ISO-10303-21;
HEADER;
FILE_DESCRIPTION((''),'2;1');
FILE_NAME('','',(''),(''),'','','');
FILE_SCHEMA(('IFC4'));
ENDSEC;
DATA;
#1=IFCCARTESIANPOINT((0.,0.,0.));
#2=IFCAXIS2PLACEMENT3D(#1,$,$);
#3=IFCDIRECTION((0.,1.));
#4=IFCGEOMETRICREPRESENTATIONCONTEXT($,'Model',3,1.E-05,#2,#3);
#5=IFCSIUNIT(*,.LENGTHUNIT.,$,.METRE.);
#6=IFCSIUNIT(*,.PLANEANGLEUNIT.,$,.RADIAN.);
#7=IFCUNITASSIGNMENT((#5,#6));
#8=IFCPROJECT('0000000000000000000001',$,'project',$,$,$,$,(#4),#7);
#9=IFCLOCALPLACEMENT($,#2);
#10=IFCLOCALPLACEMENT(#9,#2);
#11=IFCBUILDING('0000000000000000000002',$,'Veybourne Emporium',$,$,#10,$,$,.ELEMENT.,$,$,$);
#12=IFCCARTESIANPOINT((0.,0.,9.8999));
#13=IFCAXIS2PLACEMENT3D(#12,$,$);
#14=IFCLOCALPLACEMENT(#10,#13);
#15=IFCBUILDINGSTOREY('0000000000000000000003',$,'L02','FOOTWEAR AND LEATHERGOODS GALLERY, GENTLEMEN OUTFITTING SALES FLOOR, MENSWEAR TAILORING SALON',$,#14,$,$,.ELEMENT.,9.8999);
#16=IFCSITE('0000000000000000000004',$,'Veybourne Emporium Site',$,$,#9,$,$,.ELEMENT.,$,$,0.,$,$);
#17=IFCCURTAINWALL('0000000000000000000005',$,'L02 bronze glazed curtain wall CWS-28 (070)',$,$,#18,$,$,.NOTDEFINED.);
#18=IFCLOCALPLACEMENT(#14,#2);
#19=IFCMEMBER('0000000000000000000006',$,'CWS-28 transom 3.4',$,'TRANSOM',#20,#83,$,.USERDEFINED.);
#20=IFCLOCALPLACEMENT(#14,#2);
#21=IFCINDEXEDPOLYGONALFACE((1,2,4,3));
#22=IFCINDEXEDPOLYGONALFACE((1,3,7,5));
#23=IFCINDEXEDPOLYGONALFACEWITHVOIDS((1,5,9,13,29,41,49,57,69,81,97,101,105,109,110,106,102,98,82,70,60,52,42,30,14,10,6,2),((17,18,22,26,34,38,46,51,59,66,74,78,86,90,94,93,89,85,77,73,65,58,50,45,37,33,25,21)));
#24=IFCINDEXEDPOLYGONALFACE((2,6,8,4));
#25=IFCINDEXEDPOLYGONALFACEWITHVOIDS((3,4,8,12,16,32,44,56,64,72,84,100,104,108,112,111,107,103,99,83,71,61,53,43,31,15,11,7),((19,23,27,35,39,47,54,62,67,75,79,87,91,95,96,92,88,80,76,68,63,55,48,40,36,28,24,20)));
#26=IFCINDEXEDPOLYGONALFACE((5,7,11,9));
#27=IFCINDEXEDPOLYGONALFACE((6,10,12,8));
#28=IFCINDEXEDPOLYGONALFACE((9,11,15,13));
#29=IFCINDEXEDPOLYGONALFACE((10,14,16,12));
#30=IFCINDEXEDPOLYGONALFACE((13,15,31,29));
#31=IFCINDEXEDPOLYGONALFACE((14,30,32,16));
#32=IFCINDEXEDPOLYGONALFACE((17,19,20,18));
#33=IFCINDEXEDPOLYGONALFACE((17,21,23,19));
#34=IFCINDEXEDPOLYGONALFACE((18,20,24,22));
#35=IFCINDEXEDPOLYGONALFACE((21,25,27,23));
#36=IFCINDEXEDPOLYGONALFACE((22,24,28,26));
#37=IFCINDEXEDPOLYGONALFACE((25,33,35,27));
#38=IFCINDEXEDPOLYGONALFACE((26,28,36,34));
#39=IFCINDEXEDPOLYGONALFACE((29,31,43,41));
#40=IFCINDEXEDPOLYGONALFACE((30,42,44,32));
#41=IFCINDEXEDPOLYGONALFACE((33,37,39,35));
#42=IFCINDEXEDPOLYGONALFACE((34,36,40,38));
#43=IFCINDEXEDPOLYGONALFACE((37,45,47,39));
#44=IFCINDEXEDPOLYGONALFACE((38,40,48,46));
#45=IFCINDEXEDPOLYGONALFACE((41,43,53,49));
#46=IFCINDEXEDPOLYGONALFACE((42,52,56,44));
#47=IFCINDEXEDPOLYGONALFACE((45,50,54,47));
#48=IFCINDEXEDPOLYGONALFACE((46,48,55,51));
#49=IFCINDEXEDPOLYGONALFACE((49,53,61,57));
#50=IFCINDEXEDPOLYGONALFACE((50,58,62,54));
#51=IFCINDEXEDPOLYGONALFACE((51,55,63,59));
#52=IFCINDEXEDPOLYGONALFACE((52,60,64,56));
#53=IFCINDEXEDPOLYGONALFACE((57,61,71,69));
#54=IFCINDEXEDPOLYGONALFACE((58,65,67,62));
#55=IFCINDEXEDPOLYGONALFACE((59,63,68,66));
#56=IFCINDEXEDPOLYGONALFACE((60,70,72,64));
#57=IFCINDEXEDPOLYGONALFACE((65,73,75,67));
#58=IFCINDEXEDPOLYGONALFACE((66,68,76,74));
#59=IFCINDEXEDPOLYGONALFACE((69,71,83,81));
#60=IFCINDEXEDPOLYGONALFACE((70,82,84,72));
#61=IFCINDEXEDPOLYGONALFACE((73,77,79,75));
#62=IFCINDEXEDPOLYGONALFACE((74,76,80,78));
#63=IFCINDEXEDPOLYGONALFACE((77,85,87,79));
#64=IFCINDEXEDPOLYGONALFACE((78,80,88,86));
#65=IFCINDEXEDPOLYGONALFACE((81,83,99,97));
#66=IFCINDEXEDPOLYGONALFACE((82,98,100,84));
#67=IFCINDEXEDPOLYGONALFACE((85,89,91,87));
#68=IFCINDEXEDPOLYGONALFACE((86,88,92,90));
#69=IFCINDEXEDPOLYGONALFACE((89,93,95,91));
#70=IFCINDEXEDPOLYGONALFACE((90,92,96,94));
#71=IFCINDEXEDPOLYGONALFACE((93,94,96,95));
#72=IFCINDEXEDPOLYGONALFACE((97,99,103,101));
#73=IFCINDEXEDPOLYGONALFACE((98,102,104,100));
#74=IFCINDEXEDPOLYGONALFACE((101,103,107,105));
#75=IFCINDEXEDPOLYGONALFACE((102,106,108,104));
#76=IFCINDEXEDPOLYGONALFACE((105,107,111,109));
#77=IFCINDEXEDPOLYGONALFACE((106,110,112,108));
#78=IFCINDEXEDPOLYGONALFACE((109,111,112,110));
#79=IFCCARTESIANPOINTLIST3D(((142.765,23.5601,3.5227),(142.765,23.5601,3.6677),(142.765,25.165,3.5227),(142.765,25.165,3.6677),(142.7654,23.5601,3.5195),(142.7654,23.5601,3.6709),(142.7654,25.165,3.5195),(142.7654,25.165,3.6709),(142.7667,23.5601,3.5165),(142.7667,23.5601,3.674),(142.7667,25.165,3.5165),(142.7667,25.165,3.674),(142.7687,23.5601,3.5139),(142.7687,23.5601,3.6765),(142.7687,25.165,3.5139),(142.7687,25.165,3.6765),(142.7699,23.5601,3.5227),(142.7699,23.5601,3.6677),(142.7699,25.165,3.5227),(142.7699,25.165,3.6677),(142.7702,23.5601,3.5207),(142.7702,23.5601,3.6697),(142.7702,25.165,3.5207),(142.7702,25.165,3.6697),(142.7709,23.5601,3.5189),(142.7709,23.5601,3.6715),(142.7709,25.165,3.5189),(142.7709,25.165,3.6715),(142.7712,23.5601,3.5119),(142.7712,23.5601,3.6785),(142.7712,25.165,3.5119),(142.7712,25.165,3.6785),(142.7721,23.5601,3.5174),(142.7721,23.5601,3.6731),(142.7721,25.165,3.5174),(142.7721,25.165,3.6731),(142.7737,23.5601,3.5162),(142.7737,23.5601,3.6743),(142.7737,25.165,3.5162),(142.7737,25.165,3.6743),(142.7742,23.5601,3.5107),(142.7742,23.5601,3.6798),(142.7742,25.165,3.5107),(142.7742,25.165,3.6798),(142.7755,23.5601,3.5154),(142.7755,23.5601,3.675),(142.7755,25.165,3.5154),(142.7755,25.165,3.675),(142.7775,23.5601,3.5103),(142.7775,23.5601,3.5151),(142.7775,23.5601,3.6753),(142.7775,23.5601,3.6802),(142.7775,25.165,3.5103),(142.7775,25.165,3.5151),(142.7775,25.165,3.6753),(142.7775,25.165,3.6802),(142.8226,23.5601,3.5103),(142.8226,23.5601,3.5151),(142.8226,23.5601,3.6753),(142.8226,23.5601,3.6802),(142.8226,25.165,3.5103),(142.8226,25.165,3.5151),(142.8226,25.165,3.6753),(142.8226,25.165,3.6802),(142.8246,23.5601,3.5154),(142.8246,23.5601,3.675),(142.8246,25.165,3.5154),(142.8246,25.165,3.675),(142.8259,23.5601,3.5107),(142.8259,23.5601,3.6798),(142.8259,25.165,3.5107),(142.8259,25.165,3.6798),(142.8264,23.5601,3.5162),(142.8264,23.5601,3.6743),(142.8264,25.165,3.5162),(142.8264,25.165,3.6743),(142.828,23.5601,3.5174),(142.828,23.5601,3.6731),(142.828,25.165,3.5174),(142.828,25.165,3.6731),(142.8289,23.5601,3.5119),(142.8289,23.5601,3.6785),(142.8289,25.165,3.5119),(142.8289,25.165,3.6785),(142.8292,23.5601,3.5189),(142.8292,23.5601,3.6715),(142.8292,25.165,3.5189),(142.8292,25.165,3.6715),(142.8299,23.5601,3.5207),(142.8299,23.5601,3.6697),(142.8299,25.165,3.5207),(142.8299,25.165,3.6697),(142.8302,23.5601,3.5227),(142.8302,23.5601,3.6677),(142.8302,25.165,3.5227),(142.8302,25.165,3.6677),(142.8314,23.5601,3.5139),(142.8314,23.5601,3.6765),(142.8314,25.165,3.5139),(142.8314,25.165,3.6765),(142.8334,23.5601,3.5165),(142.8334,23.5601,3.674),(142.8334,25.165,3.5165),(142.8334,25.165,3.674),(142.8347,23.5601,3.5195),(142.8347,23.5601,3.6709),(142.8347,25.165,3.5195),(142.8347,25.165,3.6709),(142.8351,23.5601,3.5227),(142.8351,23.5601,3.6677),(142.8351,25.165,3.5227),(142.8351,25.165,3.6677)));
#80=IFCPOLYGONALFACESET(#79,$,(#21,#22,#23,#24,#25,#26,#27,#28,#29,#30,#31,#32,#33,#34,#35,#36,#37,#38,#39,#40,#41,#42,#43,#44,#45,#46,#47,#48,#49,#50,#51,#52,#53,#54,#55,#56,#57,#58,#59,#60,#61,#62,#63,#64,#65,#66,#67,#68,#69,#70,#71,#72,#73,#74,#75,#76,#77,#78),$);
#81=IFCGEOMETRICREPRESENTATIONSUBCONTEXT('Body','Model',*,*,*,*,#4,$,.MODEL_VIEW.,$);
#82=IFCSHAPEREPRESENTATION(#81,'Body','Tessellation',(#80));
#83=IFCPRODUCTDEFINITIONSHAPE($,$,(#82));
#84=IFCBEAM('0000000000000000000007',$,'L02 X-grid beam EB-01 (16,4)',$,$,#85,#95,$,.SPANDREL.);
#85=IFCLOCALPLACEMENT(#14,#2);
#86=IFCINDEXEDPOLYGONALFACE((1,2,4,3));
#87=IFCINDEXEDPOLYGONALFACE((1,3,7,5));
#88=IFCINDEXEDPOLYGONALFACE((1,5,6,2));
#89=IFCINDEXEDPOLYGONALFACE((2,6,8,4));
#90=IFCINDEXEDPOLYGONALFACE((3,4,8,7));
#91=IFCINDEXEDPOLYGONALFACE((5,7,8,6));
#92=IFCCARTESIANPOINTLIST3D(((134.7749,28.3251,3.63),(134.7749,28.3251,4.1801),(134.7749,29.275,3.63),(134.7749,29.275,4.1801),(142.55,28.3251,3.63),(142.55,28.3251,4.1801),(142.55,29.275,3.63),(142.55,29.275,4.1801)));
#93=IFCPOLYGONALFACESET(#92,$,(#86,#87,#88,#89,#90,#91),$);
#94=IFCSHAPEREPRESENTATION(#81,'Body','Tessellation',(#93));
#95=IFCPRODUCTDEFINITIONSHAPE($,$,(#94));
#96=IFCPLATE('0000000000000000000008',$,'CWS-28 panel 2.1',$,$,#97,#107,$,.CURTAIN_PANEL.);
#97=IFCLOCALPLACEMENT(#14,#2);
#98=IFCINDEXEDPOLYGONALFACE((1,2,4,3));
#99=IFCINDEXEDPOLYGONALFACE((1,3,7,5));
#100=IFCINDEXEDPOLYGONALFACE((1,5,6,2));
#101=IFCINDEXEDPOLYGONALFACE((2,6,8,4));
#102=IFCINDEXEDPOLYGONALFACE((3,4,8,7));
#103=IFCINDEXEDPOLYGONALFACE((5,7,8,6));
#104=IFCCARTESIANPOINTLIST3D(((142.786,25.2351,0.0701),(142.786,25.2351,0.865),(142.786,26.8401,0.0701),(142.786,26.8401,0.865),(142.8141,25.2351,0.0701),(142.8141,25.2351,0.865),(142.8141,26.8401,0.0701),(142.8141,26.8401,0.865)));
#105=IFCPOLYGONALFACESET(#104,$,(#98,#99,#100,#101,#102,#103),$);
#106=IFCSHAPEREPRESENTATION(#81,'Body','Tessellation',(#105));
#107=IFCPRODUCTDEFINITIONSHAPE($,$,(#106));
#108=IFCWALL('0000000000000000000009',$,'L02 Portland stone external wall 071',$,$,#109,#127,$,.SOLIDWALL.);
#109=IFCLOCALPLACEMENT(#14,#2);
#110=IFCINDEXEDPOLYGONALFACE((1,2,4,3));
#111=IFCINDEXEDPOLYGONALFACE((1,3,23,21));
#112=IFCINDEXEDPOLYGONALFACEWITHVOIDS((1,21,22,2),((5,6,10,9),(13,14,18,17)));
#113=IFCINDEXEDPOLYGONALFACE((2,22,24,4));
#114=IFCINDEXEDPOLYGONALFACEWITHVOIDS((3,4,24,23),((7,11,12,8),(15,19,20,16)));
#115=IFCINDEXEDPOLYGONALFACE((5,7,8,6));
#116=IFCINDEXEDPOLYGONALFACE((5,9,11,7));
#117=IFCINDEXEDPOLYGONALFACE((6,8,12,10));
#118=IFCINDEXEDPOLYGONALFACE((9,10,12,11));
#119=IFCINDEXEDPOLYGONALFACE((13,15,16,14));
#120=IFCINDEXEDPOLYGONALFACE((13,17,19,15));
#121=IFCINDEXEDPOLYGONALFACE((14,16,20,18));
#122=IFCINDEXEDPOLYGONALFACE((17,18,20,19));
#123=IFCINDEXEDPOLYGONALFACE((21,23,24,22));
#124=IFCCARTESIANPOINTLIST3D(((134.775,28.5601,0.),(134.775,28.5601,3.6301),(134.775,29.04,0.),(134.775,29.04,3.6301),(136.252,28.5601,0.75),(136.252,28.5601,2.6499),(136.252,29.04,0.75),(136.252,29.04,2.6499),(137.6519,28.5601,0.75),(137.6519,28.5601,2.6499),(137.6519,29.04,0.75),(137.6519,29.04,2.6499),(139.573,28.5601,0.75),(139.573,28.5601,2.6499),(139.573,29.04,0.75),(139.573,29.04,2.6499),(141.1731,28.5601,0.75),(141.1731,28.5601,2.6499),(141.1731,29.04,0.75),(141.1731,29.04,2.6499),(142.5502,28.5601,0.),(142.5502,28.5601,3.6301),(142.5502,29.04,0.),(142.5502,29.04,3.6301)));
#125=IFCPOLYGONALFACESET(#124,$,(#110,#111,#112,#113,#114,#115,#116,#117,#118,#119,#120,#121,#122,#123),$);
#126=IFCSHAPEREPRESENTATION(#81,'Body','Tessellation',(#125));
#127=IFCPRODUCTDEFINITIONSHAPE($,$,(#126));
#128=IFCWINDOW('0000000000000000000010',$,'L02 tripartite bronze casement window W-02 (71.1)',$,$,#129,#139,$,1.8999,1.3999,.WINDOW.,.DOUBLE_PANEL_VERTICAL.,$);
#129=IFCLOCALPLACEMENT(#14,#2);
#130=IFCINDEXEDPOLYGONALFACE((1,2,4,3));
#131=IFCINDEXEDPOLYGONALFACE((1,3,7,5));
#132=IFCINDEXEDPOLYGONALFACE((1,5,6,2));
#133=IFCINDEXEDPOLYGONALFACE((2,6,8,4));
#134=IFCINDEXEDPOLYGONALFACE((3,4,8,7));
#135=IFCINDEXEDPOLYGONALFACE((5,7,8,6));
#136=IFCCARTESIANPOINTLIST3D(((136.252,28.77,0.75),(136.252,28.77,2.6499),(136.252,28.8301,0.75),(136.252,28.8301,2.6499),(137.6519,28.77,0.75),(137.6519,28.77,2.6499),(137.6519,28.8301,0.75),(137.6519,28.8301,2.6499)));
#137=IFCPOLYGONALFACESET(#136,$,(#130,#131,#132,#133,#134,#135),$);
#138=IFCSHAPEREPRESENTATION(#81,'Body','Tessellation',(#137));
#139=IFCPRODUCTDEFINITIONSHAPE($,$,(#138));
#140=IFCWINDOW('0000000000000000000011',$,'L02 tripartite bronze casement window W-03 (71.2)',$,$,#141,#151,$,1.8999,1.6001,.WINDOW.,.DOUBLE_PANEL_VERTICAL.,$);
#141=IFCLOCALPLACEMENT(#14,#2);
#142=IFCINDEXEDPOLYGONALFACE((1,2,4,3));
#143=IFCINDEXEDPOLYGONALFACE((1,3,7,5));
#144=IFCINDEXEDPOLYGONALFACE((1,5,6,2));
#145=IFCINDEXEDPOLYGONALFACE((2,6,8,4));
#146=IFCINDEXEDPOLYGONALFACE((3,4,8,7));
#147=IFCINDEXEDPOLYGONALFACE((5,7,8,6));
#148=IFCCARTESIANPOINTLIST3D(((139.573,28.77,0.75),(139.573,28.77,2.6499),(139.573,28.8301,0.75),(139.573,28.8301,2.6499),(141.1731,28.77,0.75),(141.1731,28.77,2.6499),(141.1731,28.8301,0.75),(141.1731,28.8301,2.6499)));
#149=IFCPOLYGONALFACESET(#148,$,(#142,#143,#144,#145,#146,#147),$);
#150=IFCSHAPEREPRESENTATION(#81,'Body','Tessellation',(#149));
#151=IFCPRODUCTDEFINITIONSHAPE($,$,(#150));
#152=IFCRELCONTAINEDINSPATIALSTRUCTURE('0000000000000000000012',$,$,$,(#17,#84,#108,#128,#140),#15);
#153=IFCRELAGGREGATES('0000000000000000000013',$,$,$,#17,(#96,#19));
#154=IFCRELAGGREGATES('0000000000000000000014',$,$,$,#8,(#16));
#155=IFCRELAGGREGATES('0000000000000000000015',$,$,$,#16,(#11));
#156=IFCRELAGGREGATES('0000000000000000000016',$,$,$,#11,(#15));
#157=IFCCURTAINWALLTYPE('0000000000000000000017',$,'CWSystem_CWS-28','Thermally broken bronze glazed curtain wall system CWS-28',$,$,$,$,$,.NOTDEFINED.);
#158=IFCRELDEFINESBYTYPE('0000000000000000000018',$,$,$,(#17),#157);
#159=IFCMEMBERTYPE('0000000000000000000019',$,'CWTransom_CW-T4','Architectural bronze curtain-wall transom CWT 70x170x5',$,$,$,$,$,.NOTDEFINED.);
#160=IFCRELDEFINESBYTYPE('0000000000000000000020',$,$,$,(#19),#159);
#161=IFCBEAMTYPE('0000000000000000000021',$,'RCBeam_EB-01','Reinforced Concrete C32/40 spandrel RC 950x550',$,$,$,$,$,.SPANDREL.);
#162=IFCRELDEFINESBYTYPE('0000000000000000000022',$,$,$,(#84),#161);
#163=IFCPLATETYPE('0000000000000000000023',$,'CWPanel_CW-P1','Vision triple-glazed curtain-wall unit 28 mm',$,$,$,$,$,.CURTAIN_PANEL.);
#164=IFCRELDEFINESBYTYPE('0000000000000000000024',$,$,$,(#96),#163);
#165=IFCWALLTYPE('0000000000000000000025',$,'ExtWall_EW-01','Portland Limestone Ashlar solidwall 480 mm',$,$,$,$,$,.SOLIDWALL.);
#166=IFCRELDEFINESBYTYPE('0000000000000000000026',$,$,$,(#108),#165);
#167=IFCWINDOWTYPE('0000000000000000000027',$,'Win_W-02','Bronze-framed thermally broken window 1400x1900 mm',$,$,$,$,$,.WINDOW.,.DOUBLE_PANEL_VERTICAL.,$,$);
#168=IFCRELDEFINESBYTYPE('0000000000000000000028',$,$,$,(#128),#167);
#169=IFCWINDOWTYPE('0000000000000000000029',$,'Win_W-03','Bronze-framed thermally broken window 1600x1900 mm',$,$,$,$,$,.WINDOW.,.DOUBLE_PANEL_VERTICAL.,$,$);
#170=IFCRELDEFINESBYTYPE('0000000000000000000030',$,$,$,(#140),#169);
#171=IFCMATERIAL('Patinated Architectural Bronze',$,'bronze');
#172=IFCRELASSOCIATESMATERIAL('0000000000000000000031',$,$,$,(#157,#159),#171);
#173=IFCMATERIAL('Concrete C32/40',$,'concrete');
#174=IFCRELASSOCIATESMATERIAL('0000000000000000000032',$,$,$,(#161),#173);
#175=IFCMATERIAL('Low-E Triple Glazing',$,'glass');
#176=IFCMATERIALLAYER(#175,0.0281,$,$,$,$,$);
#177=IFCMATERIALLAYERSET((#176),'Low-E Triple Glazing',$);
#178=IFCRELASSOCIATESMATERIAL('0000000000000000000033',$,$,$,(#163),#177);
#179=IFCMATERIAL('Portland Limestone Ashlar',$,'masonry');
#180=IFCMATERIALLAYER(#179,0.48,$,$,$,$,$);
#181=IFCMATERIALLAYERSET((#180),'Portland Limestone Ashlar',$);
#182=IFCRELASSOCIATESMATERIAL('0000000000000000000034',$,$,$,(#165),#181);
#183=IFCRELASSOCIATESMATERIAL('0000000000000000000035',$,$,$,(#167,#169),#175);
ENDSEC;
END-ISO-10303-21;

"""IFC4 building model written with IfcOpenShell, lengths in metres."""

from ifc_helpers import new_model, si_unit, direction, frame, frame_2d, origin, origin_2d, place, context, subcontext, project, spatial, rectangle, hollow_rectangle, extrude, material, layer, layer_set, material_profile, profile_set, type_object, element, fill, aggregate, save


model = new_model("IFC4")

# Units and contexts
model_context = context("Model", 3, precision=1e-05, world=origin(), true_north=direction((0.0, 1.0)))
body_context = subcontext(model_context, "Body", "Model", "MODEL_VIEW")
ifc_project = project(units=[si_unit("LENGTHUNIT", "METRE"), si_unit("PLANEANGLEUNIT", "RADIAN")], contexts=[model_context])

# Site, building, storey
site_placement = place(None, origin())
site = spatial("IfcSite", under=ifc_project, at=site_placement, Name="Veybourne Emporium Site", CompositionType="ELEMENT", RefElevation=0.0)
building_placement = place(site_placement, origin())
building = spatial("IfcBuilding", under=site, at=building_placement, Name="Veybourne Emporium", CompositionType="ELEMENT")
storey_placement = place(building_placement, frame((0.0, 0.0, 9.8999)))
storey = spatial("IfcBuildingStorey", under=building, at=storey_placement, Name="L02", Description="FOOTWEAR AND LEATHERGOODS GALLERY, GENTLEMEN OUTFITTING SALES FLOOR, MENSWEAR TAILORING SALON", CompositionType="ELEMENT", Elevation=9.8999)

# Curtain wall, member
ifc_material_1 = material(Name="Patinated Architectural Bronze", Category="bronze")
curtain_wall_type = type_object("IfcCurtainWallType", Name="CWSystem_CWS-28", Description="Thermally broken bronze glazed curtain wall system CWS-28", PredefinedType="NOTDEFINED", material=ifc_material_1)
curtain_wall_placement = place(storey_placement, origin())
curtain_wall = element("IfcCurtainWall", 1, at=curtain_wall_placement, inside=storey, type_object=curtain_wall_type, Name="L02 bronze glazed curtain wall CWS-28 (070)", PredefinedType="NOTDEFINED")
ifc_material_profile_1 = material_profile(ifc_material_1, hollow_rectangle(XDim=0.0701, YDim=0.1699, WallThickness=0.0049, InnerFilletRadius=0.0076, OuterFilletRadius=0.0125, at=origin_2d()), Name="CWT 70x170x5")
ifc_profile_set_1 = profile_set([ifc_material_profile_1], Name="Patinated Architectural Bronze")
member_type_1 = type_object("IfcMemberType", Name="CWTransom_CW-T4", Description="Architectural bronze curtain-wall transom CWT 70x170x5", PredefinedType="NOTDEFINED", material=ifc_profile_set_1)
member_1_placement = place(storey_placement, frame((142.8, 25.165, 3.5952), z_axis=(0.0, -1.0, 0.0), x_axis=(1.0, 0.0, 0.0)))
member_1 = element("IfcMember", 2, at=member_1_placement, type_object=member_type_1, Name="CWS-28 transom 3.4", ObjectType="TRANSOM", PredefinedType="USERDEFINED", context=body_context, shape_type="SweptSolid", body=[
    extrude(hollow_rectangle(XDim=0.0701, YDim=0.1699, WallThickness=0.0049, InnerFilletRadius=0.0076, OuterFilletRadius=0.0125, at=origin_2d()), origin(), (0.0, 0.0, 1.0), 1.605),
])

# Beam
ifc_material_2 = material(Name="Concrete C32/40", Category="concrete")
ifc_material_profile_2 = material_profile(ifc_material_2, rectangle(XDim=0.95, YDim=0.55, at=origin_2d()), Name="RC 950x550")
ifc_profile_set_2 = profile_set([ifc_material_profile_2], Name="Concrete C32/40")
beam_type = type_object("IfcBeamType", Name="RCBeam_EB-01", Description="Reinforced Concrete C32/40 spandrel RC 950x550", PredefinedType="SPANDREL", material=ifc_profile_set_2)
beam_placement = place(storey_placement, frame((134.7749, 28.8, 3.905), z_axis=(1.0, 0.0, 0.0), x_axis=(0.0, 1.0, 0.0)))
element("IfcBeam", 3, at=beam_placement, inside=storey, type_object=beam_type, Name="L02 X-grid beam EB-01 (16,4)", PredefinedType="SPANDREL", context=body_context, shape_type="SweptSolid", body=[
    extrude(rectangle(XDim=0.95, YDim=0.55, at=origin_2d()), origin(), (0.0, 0.0, 1.0), 7.7751),
])

# Plate
ifc_material_3 = material(Name="Low-E Triple Glazing", Category="glass")
ifc_layer_1 = layer(ifc_material_3, 0.0281)
ifc_layer_set_1 = layer_set([ifc_layer_1], Name="Low-E Triple Glazing")
plate_type = type_object("IfcPlateType", Name="CWPanel_CW-P1", Description="Vision triple-glazed curtain-wall unit 28 mm", PredefinedType="CURTAIN_PANEL", material=ifc_layer_set_1)
plate_placement = place(storey_placement, frame((142.8, 26.0376, 0.0701), z_axis=(0.0, 0.0, 1.0), x_axis=(0.0, -1.0, 0.0)))
plate = element("IfcPlate", 4, at=plate_placement, type_object=plate_type, Name="CWS-28 panel 2.1", PredefinedType="CURTAIN_PANEL", context=body_context, shape_type="SweptSolid", body=[
    extrude(rectangle(XDim=1.605, YDim=0.0281, at=origin_2d()), origin(), (0.0, 0.0, 1.0), 0.7949),
])
aggregate(curtain_wall, [plate, member_1])

# Wall, openings, windows
ifc_material_4 = material(Name="Portland Limestone Ashlar", Category="masonry")
ifc_layer_2 = layer(ifc_material_4, 0.48)
ifc_layer_set_2 = layer_set([ifc_layer_2], Name="Portland Limestone Ashlar")
wall_type_1 = type_object("IfcWallType", Name="ExtWall_EW-01", Description="Portland Limestone Ashlar solidwall 480 mm", PredefinedType="SOLIDWALL", material=ifc_layer_set_2)
wall_1_placement = place(storey_placement, frame((134.7749, 28.8, 0.0), z_axis=(0.0, 0.0, 1.0), x_axis=(1.0, 0.0, 0.0)))
wall_1 = element("IfcWall", 5, at=wall_1_placement, inside=storey, type_object=wall_type_1, Name="L02 Portland stone external wall 071", PredefinedType="SOLIDWALL", context=body_context, shape_type="SweptSolid", body=[
    extrude(rectangle(XDim=7.7751, YDim=0.48, at=frame_2d((3.8877, 0.0))), origin(), (0.0, 0.0, 1.0), 3.6301),
])
opening_1_placement = place(wall_1_placement, frame((1.4771, 0.0, 0.75)))
opening_1 = element("IfcOpeningElement", 6, at=opening_1_placement, cuts=wall_1, PredefinedType="OPENING", context=body_context, shape_type="SweptSolid", body=[
    extrude(rectangle(XDim=1.3999, YDim=1.8999, at=frame_2d((0.7, 0.95))), frame((0.0, 0.26, 0.0), z_axis=(0.0, -1.0, 0.0), x_axis=(1.0, 0.0, 0.0)), (0.0, 0.0, 1.0), 0.52),
])
opening_2_placement = place(wall_1_placement, frame((4.7981, 0.0, 0.75)))
opening_2 = element("IfcOpeningElement", 7, at=opening_2_placement, cuts=wall_1, PredefinedType="OPENING", context=body_context, shape_type="SweptSolid", body=[
    extrude(rectangle(XDim=1.6001, YDim=1.8999, at=frame_2d((0.8, 0.95))), frame((0.0, 0.26, 0.0), z_axis=(0.0, -1.0, 0.0), x_axis=(1.0, 0.0, 0.0)), (0.0, 0.0, 1.0), 0.52),
])
window_type_1 = type_object("IfcWindowType", Name="Win_W-02", Description="Bronze-framed thermally broken window 1400x1900 mm", PartitioningType="DOUBLE_PANEL_VERTICAL", PredefinedType="WINDOW", material=ifc_material_3)
window_1_placement = place(opening_1_placement, origin())
window_1 = element("IfcWindow", 8, at=window_1_placement, inside=storey, type_object=window_type_1, Name="L02 tripartite bronze casement window W-02 (71.1)", OverallHeight=1.8999, OverallWidth=1.3999, PartitioningType="DOUBLE_PANEL_VERTICAL", PredefinedType="WINDOW", context=body_context, shape_type="SweptSolid", body=[
    extrude(rectangle(XDim=1.3999, YDim=1.8999, at=frame_2d((0.7, 0.95))), frame((0.0, 0.03, 0.0), z_axis=(0.0, -1.0, 0.0), x_axis=(1.0, 0.0, 0.0)), (0.0, 0.0, 1.0), 0.0601),
])
fill(opening_1, window_1)
window_type_2 = type_object("IfcWindowType", Name="Win_W-03", Description="Bronze-framed thermally broken window 1600x1900 mm", PartitioningType="DOUBLE_PANEL_VERTICAL", PredefinedType="WINDOW", material=ifc_material_3)
window_2_placement = place(opening_2_placement, origin())
window_2 = element("IfcWindow", 9, at=window_2_placement, inside=storey, type_object=window_type_2, Name="L02 tripartite bronze casement window W-03 (71.2)", OverallHeight=1.8999, OverallWidth=1.6001, PartitioningType="DOUBLE_PANEL_VERTICAL", PredefinedType="WINDOW", context=body_context, shape_type="SweptSolid", body=[
    extrude(rectangle(XDim=1.6001, YDim=1.8999, at=frame_2d((0.8, 0.95))), frame((0.0, 0.03, 0.0), z_axis=(0.0, -1.0, 0.0), x_axis=(1.0, 0.0, 0.0)), (0.0, 0.0, 1.0), 0.0601),
])
fill(opening_2, window_2)

save(model, "model.ifc")
